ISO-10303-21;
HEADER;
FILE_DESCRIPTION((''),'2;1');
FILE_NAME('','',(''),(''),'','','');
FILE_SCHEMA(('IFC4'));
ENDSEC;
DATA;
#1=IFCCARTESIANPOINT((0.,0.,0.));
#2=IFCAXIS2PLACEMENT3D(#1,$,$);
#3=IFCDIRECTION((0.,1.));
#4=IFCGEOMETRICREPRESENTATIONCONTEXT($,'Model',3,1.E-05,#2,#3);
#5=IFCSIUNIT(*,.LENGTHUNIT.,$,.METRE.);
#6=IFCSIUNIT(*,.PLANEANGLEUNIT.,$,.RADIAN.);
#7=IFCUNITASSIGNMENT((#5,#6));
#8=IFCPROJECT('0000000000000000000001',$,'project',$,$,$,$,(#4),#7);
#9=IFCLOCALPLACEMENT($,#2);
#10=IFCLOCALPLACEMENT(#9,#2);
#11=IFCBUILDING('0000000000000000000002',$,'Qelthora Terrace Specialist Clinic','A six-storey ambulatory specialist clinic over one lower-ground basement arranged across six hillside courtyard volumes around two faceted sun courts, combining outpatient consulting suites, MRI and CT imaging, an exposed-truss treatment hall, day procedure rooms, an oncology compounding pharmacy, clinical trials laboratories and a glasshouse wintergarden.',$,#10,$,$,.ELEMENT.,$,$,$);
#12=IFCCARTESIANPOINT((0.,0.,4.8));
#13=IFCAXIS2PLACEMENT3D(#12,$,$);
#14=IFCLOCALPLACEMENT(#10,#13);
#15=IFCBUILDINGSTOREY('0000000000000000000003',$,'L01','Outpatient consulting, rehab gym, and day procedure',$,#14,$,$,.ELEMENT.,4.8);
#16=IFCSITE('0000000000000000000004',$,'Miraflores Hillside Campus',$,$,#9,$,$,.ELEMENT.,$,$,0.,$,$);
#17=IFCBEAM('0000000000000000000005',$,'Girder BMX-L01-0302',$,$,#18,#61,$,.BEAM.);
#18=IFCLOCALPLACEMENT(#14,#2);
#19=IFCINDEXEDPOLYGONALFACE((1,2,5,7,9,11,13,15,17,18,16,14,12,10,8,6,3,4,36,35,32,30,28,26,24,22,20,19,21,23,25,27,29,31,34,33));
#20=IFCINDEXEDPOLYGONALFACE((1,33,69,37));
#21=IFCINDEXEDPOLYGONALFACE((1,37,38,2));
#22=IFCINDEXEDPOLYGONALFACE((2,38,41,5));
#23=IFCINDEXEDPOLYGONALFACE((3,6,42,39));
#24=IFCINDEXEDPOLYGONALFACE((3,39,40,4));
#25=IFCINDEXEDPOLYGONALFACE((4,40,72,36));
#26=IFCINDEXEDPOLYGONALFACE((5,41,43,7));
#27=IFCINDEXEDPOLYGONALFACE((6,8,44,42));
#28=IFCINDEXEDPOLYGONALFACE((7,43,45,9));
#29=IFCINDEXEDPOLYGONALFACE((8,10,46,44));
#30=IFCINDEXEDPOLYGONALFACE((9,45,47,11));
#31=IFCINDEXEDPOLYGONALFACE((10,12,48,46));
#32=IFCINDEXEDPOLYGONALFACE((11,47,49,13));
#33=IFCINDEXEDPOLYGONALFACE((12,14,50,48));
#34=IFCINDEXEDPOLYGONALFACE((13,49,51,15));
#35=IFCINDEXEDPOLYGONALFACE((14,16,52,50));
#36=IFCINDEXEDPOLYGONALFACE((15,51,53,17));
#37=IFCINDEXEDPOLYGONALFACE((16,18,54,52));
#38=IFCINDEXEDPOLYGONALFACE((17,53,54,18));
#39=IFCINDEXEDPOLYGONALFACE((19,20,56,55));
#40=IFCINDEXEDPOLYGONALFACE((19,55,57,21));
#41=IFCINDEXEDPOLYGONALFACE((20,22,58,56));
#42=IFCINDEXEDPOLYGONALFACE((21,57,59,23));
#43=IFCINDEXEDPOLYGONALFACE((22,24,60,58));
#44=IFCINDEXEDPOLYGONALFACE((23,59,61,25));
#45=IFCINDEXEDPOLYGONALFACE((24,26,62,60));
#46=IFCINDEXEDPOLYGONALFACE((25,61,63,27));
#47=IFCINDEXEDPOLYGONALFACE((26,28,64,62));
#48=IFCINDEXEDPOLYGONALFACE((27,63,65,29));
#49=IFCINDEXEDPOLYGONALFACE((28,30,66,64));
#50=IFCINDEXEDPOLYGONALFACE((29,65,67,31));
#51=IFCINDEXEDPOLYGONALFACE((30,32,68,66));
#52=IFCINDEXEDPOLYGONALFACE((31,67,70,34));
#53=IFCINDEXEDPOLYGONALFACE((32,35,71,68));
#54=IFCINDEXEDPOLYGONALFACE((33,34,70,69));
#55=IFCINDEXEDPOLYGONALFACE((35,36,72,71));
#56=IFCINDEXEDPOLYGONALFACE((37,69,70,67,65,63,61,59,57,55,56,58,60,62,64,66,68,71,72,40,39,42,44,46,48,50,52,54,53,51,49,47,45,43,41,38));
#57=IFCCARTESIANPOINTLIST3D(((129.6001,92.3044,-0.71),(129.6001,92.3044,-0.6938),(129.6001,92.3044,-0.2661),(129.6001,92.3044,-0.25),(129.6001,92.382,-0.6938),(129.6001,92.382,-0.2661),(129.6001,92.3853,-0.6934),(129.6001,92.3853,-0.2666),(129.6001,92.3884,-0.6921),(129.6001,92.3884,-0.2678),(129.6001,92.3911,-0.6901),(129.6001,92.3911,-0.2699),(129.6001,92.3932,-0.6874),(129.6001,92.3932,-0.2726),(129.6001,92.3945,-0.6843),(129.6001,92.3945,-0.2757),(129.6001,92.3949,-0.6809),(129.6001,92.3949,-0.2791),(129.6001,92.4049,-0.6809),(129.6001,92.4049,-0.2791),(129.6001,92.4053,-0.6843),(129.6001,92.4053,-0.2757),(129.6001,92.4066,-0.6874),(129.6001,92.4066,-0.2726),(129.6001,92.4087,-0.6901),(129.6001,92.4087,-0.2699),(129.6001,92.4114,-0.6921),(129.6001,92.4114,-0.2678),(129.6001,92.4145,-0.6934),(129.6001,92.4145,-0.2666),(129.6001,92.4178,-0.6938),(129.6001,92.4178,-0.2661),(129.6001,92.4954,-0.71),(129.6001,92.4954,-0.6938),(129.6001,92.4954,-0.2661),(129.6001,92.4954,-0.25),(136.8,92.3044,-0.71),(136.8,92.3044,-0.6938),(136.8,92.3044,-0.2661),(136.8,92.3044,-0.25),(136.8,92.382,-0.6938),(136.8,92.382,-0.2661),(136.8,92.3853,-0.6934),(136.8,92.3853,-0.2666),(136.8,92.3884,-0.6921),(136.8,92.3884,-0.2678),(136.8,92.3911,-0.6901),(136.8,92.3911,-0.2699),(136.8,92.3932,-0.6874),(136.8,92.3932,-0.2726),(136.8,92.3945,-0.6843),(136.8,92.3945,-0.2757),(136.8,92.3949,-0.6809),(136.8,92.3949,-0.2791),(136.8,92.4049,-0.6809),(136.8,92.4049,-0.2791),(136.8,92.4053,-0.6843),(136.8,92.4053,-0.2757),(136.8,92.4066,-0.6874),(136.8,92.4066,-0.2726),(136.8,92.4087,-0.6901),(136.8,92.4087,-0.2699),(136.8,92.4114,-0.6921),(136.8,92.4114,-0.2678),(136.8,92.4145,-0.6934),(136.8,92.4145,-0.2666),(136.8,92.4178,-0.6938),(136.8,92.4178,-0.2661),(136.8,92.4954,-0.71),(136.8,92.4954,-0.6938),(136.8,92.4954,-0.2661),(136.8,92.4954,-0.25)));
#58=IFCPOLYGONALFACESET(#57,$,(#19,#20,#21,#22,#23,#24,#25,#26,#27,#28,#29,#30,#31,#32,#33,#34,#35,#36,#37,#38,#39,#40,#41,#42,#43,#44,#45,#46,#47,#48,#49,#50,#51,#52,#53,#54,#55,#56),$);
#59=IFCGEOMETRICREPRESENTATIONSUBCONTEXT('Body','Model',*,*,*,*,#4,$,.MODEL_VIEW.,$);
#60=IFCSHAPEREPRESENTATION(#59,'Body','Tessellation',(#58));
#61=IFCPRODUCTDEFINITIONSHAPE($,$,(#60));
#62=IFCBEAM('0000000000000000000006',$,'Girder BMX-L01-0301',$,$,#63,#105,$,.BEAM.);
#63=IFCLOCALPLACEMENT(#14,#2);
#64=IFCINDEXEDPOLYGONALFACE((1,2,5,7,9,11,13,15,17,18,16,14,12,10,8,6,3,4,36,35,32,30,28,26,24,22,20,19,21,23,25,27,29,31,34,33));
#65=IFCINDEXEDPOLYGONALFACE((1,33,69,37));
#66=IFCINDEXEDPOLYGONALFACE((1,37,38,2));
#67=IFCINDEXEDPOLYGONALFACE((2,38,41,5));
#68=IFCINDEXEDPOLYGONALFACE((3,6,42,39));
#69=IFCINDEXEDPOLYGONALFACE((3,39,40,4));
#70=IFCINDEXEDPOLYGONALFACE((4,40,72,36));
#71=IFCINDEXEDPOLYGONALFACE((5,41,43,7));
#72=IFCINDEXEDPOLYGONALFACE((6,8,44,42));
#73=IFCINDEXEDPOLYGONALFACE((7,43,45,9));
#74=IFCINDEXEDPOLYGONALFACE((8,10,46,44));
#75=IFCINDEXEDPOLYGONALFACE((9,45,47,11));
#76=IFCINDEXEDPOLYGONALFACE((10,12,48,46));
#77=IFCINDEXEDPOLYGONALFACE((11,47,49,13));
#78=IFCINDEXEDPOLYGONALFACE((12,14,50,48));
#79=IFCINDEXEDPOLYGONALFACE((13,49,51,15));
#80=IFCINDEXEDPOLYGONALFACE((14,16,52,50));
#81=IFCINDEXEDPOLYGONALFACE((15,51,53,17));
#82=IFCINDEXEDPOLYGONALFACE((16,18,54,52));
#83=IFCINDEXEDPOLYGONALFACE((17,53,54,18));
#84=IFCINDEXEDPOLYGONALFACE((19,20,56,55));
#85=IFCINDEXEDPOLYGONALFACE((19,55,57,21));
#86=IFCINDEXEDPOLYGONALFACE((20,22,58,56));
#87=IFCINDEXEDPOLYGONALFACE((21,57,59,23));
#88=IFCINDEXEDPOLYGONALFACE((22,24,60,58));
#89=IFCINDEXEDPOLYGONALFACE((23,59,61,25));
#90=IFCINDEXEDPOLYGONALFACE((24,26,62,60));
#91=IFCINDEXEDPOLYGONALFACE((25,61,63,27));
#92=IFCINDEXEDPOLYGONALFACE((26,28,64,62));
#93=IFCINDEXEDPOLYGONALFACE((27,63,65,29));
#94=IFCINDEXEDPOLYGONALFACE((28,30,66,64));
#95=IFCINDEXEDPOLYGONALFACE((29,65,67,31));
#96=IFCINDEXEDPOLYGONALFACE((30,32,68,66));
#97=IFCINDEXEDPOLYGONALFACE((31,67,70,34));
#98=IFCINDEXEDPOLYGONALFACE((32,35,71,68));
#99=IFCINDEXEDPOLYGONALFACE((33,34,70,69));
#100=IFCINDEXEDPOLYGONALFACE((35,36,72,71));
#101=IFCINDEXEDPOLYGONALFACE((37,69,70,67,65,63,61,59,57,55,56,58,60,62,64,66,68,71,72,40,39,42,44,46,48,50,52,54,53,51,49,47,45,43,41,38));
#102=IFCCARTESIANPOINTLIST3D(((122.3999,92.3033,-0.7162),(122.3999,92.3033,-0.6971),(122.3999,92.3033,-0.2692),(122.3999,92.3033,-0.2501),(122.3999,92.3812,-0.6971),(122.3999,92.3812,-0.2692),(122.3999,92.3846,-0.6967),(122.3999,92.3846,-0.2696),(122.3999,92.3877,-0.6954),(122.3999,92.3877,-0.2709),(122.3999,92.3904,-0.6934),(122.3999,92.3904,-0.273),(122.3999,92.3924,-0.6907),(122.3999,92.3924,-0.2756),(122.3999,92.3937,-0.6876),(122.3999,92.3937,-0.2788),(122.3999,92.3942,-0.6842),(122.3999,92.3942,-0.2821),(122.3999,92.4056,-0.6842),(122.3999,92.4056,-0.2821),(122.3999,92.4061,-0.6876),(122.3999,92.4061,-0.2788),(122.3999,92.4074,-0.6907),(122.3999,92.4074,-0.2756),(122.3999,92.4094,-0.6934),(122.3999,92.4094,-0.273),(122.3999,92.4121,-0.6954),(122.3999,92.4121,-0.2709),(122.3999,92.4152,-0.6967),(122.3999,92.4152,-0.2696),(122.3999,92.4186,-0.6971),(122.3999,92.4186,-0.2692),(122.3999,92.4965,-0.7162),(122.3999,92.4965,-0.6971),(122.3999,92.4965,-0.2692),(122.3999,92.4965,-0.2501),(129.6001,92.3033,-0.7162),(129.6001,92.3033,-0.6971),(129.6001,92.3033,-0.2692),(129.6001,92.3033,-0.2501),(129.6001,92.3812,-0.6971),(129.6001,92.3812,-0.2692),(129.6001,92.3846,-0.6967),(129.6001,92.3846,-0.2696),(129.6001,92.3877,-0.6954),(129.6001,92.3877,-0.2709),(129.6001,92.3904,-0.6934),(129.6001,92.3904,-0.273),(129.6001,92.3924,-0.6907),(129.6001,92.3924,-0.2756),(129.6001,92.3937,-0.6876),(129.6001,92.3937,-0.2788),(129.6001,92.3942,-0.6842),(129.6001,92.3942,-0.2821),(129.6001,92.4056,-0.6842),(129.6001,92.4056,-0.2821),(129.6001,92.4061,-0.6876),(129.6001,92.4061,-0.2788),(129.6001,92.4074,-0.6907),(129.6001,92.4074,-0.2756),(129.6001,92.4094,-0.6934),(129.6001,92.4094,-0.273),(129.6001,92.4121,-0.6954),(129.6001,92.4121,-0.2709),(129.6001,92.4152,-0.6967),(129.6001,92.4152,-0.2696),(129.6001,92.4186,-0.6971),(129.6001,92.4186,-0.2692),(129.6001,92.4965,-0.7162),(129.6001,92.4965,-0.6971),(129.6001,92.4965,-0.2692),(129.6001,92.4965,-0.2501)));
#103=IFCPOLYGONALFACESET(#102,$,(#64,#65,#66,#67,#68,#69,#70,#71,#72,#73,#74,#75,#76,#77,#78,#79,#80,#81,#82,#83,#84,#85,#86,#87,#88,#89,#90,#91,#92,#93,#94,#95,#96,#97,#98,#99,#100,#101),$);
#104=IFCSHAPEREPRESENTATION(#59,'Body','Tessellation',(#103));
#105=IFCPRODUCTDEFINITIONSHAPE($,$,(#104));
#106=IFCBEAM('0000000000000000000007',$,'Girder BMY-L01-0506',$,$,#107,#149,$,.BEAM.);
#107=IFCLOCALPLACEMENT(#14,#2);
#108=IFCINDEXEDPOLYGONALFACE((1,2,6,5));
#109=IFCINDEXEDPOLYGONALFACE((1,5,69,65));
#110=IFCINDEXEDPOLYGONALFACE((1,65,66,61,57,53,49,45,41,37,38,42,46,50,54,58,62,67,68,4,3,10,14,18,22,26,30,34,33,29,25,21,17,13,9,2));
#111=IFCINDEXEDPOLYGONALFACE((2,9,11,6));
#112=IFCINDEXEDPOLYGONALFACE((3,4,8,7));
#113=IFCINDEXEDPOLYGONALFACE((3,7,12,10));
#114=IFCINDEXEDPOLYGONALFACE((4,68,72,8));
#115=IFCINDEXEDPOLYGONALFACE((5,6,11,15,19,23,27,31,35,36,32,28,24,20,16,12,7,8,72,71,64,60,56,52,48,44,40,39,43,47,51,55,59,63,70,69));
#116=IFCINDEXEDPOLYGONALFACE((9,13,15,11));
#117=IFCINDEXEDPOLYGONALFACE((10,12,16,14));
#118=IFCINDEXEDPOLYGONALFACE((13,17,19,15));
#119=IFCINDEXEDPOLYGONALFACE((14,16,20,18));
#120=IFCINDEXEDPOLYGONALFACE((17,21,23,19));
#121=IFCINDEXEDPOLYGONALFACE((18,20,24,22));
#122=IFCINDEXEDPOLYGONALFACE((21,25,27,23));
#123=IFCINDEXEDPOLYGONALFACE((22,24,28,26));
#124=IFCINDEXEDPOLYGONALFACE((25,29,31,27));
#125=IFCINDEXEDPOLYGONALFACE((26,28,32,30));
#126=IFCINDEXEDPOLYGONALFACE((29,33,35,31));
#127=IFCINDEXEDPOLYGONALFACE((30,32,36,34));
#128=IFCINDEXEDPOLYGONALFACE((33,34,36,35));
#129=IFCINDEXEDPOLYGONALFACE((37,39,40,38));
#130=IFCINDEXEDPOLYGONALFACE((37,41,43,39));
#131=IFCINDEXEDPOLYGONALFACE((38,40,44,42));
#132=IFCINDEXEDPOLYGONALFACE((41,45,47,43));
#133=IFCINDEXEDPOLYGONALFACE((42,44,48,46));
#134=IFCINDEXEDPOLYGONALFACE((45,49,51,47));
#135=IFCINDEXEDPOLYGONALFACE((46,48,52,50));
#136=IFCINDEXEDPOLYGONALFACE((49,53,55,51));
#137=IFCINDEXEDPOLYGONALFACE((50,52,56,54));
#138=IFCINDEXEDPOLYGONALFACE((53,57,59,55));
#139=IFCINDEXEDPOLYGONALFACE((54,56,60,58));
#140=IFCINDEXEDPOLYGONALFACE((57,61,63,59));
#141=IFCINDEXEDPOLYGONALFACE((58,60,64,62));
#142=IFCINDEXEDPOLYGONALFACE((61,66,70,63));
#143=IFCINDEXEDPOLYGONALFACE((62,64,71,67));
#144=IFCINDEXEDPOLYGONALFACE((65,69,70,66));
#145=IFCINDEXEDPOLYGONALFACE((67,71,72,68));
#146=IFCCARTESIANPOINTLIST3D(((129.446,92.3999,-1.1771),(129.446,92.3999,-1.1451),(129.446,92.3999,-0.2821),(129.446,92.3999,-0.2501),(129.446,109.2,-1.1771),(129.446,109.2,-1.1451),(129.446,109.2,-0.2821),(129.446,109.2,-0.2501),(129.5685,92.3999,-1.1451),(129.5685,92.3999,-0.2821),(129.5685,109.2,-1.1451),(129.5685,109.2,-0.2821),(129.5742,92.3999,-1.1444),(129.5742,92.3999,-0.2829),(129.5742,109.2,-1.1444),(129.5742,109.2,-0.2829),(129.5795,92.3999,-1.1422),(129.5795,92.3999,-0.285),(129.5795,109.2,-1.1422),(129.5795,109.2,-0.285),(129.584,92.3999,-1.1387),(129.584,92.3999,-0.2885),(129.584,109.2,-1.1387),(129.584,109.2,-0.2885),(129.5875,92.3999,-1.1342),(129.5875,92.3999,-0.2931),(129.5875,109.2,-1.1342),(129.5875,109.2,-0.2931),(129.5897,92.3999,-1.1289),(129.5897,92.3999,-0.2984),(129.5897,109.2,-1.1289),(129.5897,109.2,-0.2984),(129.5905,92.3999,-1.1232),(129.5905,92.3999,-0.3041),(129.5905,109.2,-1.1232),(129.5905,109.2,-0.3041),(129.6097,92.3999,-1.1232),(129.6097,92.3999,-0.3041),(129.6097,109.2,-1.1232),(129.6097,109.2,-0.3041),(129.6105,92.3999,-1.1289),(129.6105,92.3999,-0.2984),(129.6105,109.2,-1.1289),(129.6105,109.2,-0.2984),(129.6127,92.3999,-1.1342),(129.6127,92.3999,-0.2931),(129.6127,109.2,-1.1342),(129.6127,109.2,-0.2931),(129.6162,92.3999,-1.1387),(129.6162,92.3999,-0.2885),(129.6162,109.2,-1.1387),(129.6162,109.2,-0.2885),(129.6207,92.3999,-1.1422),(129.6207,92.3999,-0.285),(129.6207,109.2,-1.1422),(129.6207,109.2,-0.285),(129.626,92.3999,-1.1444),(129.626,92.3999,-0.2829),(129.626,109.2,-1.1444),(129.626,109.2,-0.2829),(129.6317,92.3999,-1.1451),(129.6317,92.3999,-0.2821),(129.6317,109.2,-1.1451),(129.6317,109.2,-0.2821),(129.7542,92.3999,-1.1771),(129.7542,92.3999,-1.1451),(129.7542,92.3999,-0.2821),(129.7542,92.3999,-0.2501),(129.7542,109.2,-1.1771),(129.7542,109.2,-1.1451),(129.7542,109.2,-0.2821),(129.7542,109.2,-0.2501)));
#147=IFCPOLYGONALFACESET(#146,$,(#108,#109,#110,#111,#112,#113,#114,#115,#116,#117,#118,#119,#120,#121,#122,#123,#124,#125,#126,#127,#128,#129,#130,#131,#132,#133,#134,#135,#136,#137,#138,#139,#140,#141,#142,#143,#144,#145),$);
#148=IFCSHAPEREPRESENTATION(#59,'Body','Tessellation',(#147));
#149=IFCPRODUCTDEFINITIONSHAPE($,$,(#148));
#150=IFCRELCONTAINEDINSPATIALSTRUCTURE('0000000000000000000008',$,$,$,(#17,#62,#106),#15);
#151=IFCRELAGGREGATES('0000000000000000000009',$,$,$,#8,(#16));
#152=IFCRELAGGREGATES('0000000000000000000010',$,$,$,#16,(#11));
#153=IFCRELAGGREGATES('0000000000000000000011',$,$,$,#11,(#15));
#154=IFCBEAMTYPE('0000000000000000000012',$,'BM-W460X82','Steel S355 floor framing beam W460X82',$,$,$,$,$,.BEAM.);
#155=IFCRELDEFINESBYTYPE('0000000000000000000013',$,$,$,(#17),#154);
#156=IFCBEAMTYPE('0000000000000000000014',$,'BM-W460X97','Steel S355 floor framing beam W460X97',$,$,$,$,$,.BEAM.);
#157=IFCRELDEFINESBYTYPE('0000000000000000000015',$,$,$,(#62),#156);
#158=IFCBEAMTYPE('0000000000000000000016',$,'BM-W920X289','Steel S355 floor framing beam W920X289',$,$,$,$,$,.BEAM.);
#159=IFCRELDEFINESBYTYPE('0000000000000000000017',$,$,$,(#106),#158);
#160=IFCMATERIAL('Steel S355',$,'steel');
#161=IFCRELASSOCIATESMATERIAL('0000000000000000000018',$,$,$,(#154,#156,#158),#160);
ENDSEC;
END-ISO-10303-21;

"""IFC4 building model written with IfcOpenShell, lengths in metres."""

from ifc_helpers import new_model, si_unit, direction, frame, origin, origin_2d, place, context, subcontext, project, spatial, i_section, extrude, material, material_profile, profile_set, type_object, element, save


model = new_model("IFC4")

# Units and contexts
model_context = context("Model", 3, precision=1e-05, world=origin(), true_north=direction((0.0, 1.0)))
body_context = subcontext(model_context, "Body", "Model", "MODEL_VIEW")
ifc_project = project(units=[si_unit("LENGTHUNIT", "METRE"), si_unit("PLANEANGLEUNIT", "RADIAN")], contexts=[model_context])

# Site, building, storey
site_placement = place(None, origin())
site = spatial("IfcSite", under=ifc_project, at=site_placement, Name="Miraflores Hillside Campus", CompositionType="ELEMENT", RefElevation=0.0)
building_placement = place(site_placement, origin())
building = spatial("IfcBuilding", under=site, at=building_placement, Name="Qelthora Terrace Specialist Clinic", Description="A six-storey ambulatory specialist clinic over one lower-ground basement arranged across six hillside courtyard volumes around two faceted sun courts, combining outpatient consulting suites, MRI and CT imaging, an exposed-truss treatment hall, day procedure rooms, an oncology compounding pharmacy, clinical trials laboratories and a glasshouse wintergarden.", CompositionType="ELEMENT")
storey_placement = place(building_placement, frame((0.0, 0.0, 4.8)))
storey = spatial("IfcBuildingStorey", under=building, at=storey_placement, Name="L01", Description="Outpatient consulting, rehab gym, and day procedure", CompositionType="ELEMENT", Elevation=4.8)

# Shared definitions
ifc_material_1 = material(Name="Steel S355", Category="steel")

# Beams
ifc_material_profile_1 = material_profile(ifc_material_1, i_section(OverallWidth=0.1909, OverallDepth=0.46, WebThickness=0.01, FlangeThickness=0.0161, FilletRadius=0.0129, at=origin_2d()), Name="W460X82")
ifc_profile_set_1 = profile_set([ifc_material_profile_1], Name="Steel S355")
beam_type_1 = type_object("IfcBeamType", Name="BM-W460X82", Description="Steel S355 floor framing beam W460X82", PredefinedType="BEAM", material=ifc_profile_set_1)
beam_1_placement = place(storey_placement, frame((129.6001, 92.3999, -0.48), z_axis=(1.0, 0.0, 0.0), x_axis=(0.0, 1.0, 0.0)))
element("IfcBeam", 1, at=beam_1_placement, inside=storey, type_object=beam_type_1, Name="Girder BMX-L01-0302", PredefinedType="BEAM", context=body_context, shape_type="SweptSolid", body=[
    extrude(i_section(OverallWidth=0.1909, OverallDepth=0.46, WebThickness=0.01, FlangeThickness=0.0161, FilletRadius=0.0129, at=origin_2d()), origin(), (0.0, 0.0, 1.0), 7.2),
])
ifc_material_profile_2 = material_profile(ifc_material_1, i_section(OverallWidth=0.1931, OverallDepth=0.4661, WebThickness=0.0115, FlangeThickness=0.019, FilletRadius=0.0129, at=origin_2d()), Name="W460X97")
ifc_profile_set_2 = profile_set([ifc_material_profile_2], Name="Steel S355")
beam_type_2 = type_object("IfcBeamType", Name="BM-W460X97", Description="Steel S355 floor framing beam W460X97", PredefinedType="BEAM", material=ifc_profile_set_2)
beam_2_placement = place(storey_placement, frame((122.3999, 92.3999, -0.4832), z_axis=(1.0, 0.0, 0.0), x_axis=(0.0, 1.0, 0.0)))
element("IfcBeam", 2, at=beam_2_placement, inside=storey, type_object=beam_type_2, Name="Girder BMX-L01-0301", PredefinedType="BEAM", context=body_context, shape_type="SweptSolid", body=[
    extrude(i_section(OverallWidth=0.1931, OverallDepth=0.4661, WebThickness=0.0115, FlangeThickness=0.019, FilletRadius=0.0129, at=origin_2d()), origin(), (0.0, 0.0, 1.0), 7.2002),
])
ifc_material_profile_3 = material_profile(ifc_material_1, i_section(OverallWidth=0.3081, OverallDepth=0.927, WebThickness=0.0193, FlangeThickness=0.032, FilletRadius=0.022, at=origin_2d()), Name="W920X289")
ifc_profile_set_3 = profile_set([ifc_material_profile_3], Name="Steel S355")
beam_type_3 = type_object("IfcBeamType", Name="BM-W920X289", Description="Steel S355 floor framing beam W920X289", PredefinedType="BEAM", material=ifc_profile_set_3)
beam_3_placement = place(storey_placement, frame((129.6001, 92.3999, -0.7136), z_axis=(0.0, 1.0, 0.0), x_axis=(-1.0, 0.0, 0.0)))
element("IfcBeam", 3, at=beam_3_placement, inside=storey, type_object=beam_type_3, Name="Girder BMY-L01-0506", PredefinedType="BEAM", context=body_context, shape_type="SweptSolid", body=[
    extrude(i_section(OverallWidth=0.3081, OverallDepth=0.927, WebThickness=0.0193, FlangeThickness=0.032, FilletRadius=0.022, at=origin_2d()), origin(), (0.0, 0.0, 1.0), 16.8),
])

save(model, "model.ifc")
